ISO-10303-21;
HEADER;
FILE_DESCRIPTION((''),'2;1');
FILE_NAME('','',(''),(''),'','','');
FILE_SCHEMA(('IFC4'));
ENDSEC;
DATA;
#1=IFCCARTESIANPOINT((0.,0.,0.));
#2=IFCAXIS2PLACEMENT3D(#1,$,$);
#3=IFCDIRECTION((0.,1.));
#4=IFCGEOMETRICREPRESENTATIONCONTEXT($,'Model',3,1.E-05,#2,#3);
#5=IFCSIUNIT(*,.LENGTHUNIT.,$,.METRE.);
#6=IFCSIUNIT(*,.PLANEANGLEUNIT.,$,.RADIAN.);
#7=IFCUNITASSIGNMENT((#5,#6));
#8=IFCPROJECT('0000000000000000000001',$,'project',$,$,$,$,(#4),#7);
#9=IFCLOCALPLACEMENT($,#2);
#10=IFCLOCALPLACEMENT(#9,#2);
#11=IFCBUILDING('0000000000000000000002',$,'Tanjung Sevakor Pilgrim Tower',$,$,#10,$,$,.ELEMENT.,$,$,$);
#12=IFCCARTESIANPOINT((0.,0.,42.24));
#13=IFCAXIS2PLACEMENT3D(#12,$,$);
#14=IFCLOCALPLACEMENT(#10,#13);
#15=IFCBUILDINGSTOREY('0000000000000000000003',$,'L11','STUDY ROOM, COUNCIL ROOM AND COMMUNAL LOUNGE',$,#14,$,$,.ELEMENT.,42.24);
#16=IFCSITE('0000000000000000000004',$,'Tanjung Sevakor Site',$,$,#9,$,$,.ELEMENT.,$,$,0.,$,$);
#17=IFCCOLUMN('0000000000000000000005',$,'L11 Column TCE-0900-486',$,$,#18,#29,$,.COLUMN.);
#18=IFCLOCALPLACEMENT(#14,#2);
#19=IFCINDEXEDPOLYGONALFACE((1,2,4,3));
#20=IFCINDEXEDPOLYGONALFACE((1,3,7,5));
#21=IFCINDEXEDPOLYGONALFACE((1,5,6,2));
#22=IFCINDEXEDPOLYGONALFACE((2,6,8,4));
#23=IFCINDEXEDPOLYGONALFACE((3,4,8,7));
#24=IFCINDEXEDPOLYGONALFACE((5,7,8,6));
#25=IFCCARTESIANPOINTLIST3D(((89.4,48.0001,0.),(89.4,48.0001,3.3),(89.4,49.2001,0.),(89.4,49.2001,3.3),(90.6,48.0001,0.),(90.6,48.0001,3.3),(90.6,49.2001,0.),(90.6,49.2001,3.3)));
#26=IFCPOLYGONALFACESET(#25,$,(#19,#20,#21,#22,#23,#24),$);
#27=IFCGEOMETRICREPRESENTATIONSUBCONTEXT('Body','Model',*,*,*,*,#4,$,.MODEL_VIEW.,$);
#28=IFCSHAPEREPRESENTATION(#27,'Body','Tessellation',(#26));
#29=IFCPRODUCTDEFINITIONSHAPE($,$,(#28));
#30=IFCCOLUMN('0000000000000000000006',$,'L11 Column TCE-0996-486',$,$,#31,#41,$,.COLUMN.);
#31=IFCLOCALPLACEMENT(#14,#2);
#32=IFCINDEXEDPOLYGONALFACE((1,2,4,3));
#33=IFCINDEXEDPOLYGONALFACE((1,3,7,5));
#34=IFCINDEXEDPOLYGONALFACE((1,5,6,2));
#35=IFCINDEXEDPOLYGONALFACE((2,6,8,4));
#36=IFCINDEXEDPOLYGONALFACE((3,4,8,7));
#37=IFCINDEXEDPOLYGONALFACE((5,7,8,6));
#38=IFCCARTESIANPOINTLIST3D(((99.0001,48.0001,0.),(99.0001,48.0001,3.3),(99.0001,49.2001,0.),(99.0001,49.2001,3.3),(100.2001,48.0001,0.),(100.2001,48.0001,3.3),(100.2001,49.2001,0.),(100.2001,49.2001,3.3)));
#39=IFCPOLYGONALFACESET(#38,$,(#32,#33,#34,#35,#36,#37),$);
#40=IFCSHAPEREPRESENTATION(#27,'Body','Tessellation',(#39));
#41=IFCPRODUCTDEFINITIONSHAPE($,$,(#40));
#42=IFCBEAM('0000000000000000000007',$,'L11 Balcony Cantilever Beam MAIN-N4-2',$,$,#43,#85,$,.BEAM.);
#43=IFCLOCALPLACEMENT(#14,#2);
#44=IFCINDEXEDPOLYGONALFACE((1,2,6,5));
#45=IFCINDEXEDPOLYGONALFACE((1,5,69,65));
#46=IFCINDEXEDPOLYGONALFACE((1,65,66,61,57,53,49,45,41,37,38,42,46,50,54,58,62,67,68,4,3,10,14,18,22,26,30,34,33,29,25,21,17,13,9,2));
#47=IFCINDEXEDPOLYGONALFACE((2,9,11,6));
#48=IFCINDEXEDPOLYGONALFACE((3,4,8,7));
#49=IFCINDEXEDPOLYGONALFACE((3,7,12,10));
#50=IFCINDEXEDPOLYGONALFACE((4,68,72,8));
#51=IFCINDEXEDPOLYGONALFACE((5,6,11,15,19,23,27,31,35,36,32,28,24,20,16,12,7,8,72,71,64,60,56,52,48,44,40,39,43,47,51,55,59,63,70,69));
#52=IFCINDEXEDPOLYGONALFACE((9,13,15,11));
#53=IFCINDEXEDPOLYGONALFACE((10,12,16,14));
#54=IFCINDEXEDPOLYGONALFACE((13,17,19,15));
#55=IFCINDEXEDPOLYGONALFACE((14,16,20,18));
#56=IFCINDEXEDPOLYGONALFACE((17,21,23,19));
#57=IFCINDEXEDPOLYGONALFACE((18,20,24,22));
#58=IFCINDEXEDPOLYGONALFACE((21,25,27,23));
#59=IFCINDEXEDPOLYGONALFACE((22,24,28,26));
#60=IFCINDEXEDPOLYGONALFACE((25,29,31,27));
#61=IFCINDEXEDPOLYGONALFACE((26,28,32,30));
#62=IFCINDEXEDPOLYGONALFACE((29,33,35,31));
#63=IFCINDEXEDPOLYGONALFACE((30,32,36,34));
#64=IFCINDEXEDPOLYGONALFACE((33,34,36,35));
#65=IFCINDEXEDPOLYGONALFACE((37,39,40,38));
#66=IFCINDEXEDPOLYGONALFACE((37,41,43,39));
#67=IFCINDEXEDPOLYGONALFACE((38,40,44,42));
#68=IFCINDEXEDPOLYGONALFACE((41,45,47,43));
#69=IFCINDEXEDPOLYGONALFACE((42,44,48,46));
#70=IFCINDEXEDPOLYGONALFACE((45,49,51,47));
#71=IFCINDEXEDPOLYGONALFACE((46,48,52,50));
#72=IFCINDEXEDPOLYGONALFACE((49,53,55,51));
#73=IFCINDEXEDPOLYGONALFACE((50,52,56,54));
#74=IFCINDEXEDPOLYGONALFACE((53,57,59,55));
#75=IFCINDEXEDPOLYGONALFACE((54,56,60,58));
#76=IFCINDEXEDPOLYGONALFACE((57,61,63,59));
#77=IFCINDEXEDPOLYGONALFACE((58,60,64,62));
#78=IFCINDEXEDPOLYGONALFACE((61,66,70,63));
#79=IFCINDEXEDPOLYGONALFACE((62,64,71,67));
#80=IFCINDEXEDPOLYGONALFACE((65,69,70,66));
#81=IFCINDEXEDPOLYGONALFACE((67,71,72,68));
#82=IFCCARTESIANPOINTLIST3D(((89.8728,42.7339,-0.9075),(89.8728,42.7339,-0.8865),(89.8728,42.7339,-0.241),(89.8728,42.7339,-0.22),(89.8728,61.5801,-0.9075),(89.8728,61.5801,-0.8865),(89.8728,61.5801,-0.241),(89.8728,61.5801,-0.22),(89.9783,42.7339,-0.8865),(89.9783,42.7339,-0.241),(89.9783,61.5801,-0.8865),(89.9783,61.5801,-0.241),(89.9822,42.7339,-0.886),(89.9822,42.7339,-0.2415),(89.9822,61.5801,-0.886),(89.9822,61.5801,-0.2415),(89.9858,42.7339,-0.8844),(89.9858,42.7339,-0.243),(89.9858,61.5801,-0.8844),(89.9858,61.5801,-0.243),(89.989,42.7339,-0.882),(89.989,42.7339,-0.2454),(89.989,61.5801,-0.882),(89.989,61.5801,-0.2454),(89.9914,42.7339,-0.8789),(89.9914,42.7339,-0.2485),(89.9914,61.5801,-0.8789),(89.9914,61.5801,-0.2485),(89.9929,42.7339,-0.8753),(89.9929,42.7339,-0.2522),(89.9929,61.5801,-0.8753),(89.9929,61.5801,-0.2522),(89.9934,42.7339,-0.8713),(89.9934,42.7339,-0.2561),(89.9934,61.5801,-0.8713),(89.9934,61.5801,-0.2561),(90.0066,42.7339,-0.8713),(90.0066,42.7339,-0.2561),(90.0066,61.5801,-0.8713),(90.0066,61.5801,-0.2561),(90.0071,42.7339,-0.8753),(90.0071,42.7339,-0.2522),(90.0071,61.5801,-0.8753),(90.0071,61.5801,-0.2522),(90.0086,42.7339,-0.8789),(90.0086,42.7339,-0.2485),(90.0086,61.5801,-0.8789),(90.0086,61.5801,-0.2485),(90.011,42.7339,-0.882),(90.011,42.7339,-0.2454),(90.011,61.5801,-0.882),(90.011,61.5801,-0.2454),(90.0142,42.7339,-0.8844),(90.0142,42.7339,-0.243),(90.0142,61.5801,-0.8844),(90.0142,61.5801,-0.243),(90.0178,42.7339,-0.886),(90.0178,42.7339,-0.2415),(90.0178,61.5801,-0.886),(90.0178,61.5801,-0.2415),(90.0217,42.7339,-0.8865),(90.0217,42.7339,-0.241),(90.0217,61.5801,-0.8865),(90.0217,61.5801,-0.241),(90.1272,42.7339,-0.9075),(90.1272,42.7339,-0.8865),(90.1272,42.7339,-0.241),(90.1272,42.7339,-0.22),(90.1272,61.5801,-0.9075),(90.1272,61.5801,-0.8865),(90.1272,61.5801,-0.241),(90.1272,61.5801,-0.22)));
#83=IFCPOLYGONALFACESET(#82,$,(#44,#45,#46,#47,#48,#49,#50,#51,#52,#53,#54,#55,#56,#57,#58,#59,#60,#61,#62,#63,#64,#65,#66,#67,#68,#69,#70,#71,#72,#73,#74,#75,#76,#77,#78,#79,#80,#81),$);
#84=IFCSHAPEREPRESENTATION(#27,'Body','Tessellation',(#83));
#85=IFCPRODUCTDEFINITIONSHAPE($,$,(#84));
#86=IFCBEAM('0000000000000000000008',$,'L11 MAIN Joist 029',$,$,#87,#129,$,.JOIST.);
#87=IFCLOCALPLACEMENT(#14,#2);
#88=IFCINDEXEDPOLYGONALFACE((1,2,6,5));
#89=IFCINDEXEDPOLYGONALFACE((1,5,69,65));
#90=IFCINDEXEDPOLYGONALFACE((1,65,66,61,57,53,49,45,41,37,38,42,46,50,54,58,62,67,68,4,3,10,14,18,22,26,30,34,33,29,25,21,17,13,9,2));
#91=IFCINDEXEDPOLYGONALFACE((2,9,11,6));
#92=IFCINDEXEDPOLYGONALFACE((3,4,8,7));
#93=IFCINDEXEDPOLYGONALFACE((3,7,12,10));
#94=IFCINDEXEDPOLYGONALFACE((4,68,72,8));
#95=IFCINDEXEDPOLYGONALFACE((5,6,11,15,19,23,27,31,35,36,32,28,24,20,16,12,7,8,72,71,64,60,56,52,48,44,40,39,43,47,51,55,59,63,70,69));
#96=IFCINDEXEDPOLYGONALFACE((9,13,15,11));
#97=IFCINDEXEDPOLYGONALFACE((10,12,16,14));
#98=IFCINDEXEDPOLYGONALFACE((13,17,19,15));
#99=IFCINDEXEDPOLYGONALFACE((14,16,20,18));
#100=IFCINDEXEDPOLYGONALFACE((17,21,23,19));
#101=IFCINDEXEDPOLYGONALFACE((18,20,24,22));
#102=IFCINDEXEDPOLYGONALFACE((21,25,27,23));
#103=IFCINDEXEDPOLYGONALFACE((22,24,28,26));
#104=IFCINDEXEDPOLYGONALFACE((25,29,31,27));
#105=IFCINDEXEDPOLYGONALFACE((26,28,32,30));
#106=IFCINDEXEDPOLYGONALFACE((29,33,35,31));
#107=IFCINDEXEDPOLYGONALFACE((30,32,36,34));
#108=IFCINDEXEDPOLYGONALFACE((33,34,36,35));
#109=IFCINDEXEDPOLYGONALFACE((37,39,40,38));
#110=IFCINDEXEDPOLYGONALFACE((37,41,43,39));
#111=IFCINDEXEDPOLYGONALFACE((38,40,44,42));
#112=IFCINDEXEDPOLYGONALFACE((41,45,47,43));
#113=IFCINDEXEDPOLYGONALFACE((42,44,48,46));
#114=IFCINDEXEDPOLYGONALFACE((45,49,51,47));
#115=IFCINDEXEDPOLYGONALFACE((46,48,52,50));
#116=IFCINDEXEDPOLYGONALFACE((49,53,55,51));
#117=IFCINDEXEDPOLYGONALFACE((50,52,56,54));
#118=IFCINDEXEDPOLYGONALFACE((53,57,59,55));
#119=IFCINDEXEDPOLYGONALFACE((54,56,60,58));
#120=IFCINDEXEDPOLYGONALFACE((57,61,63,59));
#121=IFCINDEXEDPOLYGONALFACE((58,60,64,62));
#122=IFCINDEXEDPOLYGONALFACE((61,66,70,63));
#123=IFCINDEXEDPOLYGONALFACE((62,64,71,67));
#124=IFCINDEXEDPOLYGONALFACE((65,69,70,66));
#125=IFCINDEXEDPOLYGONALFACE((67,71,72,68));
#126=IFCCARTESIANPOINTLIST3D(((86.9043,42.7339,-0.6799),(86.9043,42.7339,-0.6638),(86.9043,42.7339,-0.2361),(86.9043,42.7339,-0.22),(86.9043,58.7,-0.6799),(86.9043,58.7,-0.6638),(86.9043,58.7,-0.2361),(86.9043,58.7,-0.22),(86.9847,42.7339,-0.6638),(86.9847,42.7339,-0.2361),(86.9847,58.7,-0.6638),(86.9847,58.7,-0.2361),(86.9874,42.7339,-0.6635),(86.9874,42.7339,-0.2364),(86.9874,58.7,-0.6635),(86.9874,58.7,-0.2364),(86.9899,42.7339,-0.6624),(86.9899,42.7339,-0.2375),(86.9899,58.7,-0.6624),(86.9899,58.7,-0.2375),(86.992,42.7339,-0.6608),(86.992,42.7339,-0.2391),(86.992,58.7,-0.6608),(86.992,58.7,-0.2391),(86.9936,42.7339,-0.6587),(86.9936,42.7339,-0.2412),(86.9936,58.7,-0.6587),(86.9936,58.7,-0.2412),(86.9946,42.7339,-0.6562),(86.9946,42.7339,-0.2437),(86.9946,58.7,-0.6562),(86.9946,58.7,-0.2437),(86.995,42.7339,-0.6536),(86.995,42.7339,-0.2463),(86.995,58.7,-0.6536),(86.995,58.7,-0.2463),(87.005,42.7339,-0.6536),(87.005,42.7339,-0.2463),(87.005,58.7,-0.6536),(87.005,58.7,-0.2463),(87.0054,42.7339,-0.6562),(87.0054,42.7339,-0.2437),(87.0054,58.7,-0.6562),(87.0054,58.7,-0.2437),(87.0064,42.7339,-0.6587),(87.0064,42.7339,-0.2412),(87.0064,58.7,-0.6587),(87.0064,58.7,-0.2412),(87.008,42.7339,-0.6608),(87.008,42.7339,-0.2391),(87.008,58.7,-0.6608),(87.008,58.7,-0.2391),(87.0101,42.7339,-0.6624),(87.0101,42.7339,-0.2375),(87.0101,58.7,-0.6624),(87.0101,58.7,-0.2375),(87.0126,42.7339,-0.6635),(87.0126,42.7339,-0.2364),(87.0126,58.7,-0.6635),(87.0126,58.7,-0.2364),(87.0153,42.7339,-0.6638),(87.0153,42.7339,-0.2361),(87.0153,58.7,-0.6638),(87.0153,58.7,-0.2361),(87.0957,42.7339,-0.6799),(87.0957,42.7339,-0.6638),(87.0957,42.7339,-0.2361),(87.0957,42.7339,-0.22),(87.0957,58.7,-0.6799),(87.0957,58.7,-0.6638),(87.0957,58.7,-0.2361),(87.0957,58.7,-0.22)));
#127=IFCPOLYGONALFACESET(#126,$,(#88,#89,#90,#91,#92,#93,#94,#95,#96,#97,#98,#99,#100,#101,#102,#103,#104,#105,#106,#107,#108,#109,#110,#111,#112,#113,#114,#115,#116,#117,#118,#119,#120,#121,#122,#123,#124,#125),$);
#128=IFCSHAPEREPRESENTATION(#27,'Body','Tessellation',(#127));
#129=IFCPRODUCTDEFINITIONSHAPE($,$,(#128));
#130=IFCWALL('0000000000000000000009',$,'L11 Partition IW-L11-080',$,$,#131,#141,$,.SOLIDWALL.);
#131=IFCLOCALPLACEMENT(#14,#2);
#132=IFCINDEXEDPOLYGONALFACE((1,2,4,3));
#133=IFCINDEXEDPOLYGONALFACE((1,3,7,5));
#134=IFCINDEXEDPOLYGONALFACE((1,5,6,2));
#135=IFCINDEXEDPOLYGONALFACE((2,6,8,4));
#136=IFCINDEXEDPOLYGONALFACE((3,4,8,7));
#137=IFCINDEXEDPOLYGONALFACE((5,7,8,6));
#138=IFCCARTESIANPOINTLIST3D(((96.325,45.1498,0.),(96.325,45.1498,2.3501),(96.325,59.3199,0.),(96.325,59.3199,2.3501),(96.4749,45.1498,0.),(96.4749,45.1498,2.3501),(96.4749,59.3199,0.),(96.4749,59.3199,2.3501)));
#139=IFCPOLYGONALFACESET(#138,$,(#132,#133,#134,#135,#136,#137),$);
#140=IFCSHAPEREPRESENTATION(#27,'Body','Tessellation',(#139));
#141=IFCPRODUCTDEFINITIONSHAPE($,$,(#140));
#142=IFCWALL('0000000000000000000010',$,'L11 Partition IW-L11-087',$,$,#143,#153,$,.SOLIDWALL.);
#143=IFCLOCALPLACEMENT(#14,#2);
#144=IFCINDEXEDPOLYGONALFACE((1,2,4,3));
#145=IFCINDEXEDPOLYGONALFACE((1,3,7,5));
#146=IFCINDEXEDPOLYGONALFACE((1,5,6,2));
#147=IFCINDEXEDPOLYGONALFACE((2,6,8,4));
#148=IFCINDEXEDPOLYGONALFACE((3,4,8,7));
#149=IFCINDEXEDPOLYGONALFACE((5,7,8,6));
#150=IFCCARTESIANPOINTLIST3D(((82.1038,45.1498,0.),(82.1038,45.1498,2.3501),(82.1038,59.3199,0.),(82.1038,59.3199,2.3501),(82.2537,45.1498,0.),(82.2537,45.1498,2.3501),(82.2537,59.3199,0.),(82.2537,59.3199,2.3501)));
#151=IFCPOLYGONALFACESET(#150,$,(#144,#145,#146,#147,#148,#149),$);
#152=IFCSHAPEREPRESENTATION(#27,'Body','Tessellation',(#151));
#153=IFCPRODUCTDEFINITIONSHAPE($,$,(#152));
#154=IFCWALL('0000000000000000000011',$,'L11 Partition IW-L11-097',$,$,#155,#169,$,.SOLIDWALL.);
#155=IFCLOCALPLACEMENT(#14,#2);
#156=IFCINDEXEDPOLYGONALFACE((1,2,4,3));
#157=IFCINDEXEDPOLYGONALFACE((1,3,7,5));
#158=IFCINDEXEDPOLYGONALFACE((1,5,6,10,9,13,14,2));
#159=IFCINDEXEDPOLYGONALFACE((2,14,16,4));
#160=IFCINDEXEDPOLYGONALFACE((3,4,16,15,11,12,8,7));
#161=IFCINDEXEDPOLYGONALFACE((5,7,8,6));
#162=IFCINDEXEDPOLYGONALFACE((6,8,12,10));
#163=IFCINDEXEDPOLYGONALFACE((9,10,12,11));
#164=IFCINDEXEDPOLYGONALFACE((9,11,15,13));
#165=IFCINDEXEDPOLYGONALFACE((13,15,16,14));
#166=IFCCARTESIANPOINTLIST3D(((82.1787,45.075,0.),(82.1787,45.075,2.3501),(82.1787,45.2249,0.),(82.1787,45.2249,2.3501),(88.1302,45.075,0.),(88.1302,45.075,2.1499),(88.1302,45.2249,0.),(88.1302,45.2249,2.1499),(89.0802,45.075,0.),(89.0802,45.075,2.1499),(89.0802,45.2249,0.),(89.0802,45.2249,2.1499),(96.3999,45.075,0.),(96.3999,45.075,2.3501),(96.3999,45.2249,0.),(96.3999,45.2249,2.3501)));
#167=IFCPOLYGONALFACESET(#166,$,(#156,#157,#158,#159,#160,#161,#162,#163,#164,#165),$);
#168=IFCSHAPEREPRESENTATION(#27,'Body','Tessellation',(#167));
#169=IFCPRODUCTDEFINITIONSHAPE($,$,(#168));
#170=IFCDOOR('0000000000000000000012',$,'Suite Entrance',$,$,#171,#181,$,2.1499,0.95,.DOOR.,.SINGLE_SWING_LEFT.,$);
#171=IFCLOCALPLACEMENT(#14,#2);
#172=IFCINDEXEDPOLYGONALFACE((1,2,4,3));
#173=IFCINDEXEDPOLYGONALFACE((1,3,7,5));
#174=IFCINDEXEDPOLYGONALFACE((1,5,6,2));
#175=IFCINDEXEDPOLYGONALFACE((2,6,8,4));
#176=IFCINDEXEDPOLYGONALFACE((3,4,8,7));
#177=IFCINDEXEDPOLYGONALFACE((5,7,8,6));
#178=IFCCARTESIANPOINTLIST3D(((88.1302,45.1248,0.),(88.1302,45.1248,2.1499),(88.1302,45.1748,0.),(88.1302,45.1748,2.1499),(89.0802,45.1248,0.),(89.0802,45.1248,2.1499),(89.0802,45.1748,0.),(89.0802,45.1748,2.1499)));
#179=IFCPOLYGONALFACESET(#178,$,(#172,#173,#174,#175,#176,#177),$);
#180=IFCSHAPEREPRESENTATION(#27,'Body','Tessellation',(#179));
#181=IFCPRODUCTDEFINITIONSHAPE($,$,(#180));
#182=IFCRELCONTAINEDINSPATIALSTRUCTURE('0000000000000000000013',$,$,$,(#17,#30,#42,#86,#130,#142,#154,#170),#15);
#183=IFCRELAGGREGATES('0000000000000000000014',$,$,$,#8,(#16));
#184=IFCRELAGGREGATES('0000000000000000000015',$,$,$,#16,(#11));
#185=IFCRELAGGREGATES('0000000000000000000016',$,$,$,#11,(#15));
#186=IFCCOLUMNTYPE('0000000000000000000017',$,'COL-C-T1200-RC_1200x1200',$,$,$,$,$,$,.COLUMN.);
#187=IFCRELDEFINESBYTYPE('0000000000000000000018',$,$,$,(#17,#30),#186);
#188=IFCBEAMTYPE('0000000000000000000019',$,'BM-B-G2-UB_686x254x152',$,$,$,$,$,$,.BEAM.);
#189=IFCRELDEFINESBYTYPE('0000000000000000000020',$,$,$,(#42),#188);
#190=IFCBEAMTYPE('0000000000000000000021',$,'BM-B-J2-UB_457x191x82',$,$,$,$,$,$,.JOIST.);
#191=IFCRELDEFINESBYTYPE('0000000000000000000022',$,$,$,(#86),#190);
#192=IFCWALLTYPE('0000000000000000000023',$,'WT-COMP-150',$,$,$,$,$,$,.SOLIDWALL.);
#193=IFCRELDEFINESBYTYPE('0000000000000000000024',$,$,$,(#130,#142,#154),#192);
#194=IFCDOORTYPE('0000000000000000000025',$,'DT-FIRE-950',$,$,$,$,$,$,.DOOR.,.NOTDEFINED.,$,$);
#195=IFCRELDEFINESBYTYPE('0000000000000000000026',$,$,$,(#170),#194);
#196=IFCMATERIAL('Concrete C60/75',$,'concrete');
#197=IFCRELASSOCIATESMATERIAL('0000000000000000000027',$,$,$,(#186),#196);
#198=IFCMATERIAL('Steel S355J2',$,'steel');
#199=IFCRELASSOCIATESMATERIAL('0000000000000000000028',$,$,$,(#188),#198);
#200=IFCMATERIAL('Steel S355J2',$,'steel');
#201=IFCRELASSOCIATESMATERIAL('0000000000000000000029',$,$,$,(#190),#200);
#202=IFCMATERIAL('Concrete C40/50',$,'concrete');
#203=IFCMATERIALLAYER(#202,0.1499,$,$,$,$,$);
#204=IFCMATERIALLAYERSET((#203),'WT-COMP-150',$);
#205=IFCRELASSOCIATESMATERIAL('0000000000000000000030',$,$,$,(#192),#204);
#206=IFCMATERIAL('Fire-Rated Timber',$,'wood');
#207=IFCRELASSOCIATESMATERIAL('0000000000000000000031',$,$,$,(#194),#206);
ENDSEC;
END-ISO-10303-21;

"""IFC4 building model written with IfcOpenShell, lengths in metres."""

from ifc_helpers import new_model, si_unit, direction, frame, frame_2d, origin, origin_2d, place, context, subcontext, project, spatial, rectangle, i_section, extrude, material, layer, layer_set, material_profile, profile_set, type_object, element, fill, save


model = new_model("IFC4")

# Units and contexts
model_context = context("Model", 3, precision=1e-05, world=origin(), true_north=direction((0.0, 1.0)))
body_context = subcontext(model_context, "Body", "Model", "MODEL_VIEW")
ifc_project = project(units=[si_unit("LENGTHUNIT", "METRE"), si_unit("PLANEANGLEUNIT", "RADIAN")], contexts=[model_context])

# Site, building, storey
site_placement = place(None, origin())
site = spatial("IfcSite", under=ifc_project, at=site_placement, Name="Tanjung Sevakor Site", CompositionType="ELEMENT", RefElevation=0.0)
building_placement = place(site_placement, origin())
building = spatial("IfcBuilding", under=site, at=building_placement, Name="Tanjung Sevakor Pilgrim Tower", CompositionType="ELEMENT")
storey_placement = place(building_placement, frame((0.0, 0.0, 42.24)))
storey = spatial("IfcBuildingStorey", under=building, at=storey_placement, Name="L11", Description="STUDY ROOM, COUNCIL ROOM AND COMMUNAL LOUNGE", CompositionType="ELEMENT", Elevation=42.24)

# Columns
ifc_material_1 = material(Name="Concrete C60/75", Category="concrete")
ifc_material_profile_1 = material_profile(ifc_material_1, rectangle(XDim=1.2, YDim=1.2, at=origin_2d()))
ifc_profile_set_1 = profile_set([ifc_material_profile_1], Name="Concrete C60/75")
column_type = type_object("IfcColumnType", Name="COL-C-T1200-RC_1200x1200", PredefinedType="COLUMN", material=ifc_profile_set_1)
for number, where, z_axis, x_axis, name in (
    (1, (90.0, 48.6001, 0.0), (0.0, 0.0, 1.0), (1.0, 0.0, 0.0), "L11 Column TCE-0900-486"),
    (2, (99.6001, 48.6001, 0.0), (0.0, 0.0, 1.0), (1.0, 0.0, 0.0), "L11 Column TCE-0996-486"),
):
    element("IfcColumn", number, at=place(storey_placement, frame(where, z_axis=z_axis, x_axis=x_axis)), inside=storey, type_object=column_type, Name=name, PredefinedType="COLUMN", context=body_context, shape_type="SweptSolid", body=[
        extrude(rectangle(XDim=1.2, YDim=1.2, at=origin_2d()), origin(), (0.0, 0.0, 1.0), 3.3),
    ])

# Beams
ifc_material_2 = material(Name="Steel S355J2", Category="steel")
ifc_material_profile_2 = material_profile(ifc_material_2, i_section(OverallWidth=0.2544, OverallDepth=0.6875, WebThickness=0.0132, FlangeThickness=0.021, FilletRadius=0.0151, at=origin_2d()))
ifc_profile_set_2 = profile_set([ifc_material_profile_2], Name="Steel S355J2")
beam_type_1 = type_object("IfcBeamType", Name="BM-B-G2-UB_686x254x152", PredefinedType="BEAM", material=ifc_profile_set_2)
beam_1_placement = place(storey_placement, frame((90.0, 42.7339, -0.5637), z_axis=(0.0, 1.0, 0.0), x_axis=(-1.0, 0.0, 0.0)))
element("IfcBeam", 3, at=beam_1_placement, inside=storey, type_object=beam_type_1, Name="L11 Balcony Cantilever Beam MAIN-N4-2", PredefinedType="BEAM", context=body_context, shape_type="SweptSolid", body=[
    extrude(i_section(OverallWidth=0.2544, OverallDepth=0.6875, WebThickness=0.0132, FlangeThickness=0.021, FilletRadius=0.0151, at=origin_2d()), origin(), (0.0, 0.0, 1.0), 18.8462),
])
ifc_material_3 = material(Name="Steel S355J2", Category="steel")
ifc_material_profile_3 = material_profile(ifc_material_3, i_section(OverallWidth=0.1914, OverallDepth=0.46, WebThickness=0.01, FlangeThickness=0.0161, FilletRadius=0.0103, at=origin_2d()))
ifc_profile_set_3 = profile_set([ifc_material_profile_3], Name="Steel S355J2")
beam_type_2 = type_object("IfcBeamType", Name="BM-B-J2-UB_457x191x82", PredefinedType="JOIST", material=ifc_profile_set_3)
beam_2_placement = place(storey_placement, frame((87.0, 42.7339, -0.45), z_axis=(0.0, 1.0, 0.0), x_axis=(-1.0, 0.0, 0.0)))
element("IfcBeam", 4, at=beam_2_placement, inside=storey, type_object=beam_type_2, Name="L11 MAIN Joist 029", PredefinedType="JOIST", context=body_context, shape_type="SweptSolid", body=[
    extrude(i_section(OverallWidth=0.1914, OverallDepth=0.46, WebThickness=0.01, FlangeThickness=0.0161, FilletRadius=0.0103, at=origin_2d()), origin(), (0.0, 0.0, 1.0), 15.9661),
])

# Walls
ifc_material_4 = material(Name="Concrete C40/50", Category="concrete")
ifc_layer_1 = layer(ifc_material_4, 0.1499)
ifc_layer_set_1 = layer_set([ifc_layer_1], Name="WT-COMP-150")
wall_type_1 = type_object("IfcWallType", Name="WT-COMP-150", PredefinedType="SOLIDWALL", material=ifc_layer_set_1)
for number, where, z_axis, x_axis, name in (
    (5, (96.3999, 45.1499, 0.0), (0.0, 0.0, 1.0), (0.0, 1.0, 0.0), "L11 Partition IW-L11-080"),
    (6, (82.1787, 45.1499, 0.0), (0.0, 0.0, 1.0), (0.0, 1.0, 0.0), "L11 Partition IW-L11-087"),
):
    element("IfcWall", number, at=place(storey_placement, frame(where, z_axis=z_axis, x_axis=x_axis)), inside=storey, type_object=wall_type_1, Name=name, PredefinedType="SOLIDWALL", context=body_context, shape_type="SweptSolid", body=[
        extrude(rectangle(XDim=14.1702, YDim=0.1499, at=frame_2d((7.085, 0.0))), origin(), (0.0, 0.0, 1.0), 2.3501),
    ])

# Wall, opening, door
wall_1_placement = place(storey_placement, frame((82.1787, 45.1499, 0.0), z_axis=(0.0, 0.0, 1.0), x_axis=(1.0, 0.0, 0.0)))
wall_1 = element("IfcWall", 7, at=wall_1_placement, inside=storey, type_object=wall_type_1, Name="L11 Partition IW-L11-097", PredefinedType="SOLIDWALL", context=body_context, shape_type="SweptSolid", body=[
    extrude(rectangle(XDim=14.2212, YDim=0.1499, at=frame_2d((7.1106, 0.0))), origin(), (0.0, 0.0, 1.0), 2.3501),
])
opening_1_placement = place(wall_1_placement, frame((5.9514, 0.0, 0.0)))
opening_1 = element("IfcOpeningElement", 8, at=opening_1_placement, cuts=wall_1, PredefinedType="OPENING", context=body_context, shape_type="SweptSolid", body=[
    extrude(rectangle(XDim=0.95, YDim=2.1499, at=frame_2d((0.4751, 1.075))), frame((0.0, 0.085, 0.0), z_axis=(0.0, -1.0, 0.0), x_axis=(1.0, 0.0, 0.0)), (0.0, 0.0, 1.0), 0.1699),
])
ifc_material_5 = material(Name="Fire-Rated Timber", Category="wood")
door_type_1 = type_object("IfcDoorType", Name="DT-FIRE-950", OperationType="NOTDEFINED", PredefinedType="DOOR", material=ifc_material_5)
door_1_placement = place(opening_1_placement, origin())
door_1 = element("IfcDoor", 9, at=door_1_placement, inside=storey, type_object=door_type_1, Name="Suite Entrance", OperationType="SINGLE_SWING_LEFT", OverallHeight=2.1499, OverallWidth=0.95, PredefinedType="DOOR", context=body_context, shape_type="SweptSolid", body=[
    extrude(rectangle(XDim=0.95, YDim=2.1499, at=frame_2d((0.4751, 1.075))), frame((0.0, 0.0249, 0.0), z_axis=(0.0, -1.0, 0.0), x_axis=(1.0, 0.0, 0.0)), (0.0, 0.0, 1.0), 0.05),
])
fill(opening_1, door_1)

save(model, "model.ifc")
